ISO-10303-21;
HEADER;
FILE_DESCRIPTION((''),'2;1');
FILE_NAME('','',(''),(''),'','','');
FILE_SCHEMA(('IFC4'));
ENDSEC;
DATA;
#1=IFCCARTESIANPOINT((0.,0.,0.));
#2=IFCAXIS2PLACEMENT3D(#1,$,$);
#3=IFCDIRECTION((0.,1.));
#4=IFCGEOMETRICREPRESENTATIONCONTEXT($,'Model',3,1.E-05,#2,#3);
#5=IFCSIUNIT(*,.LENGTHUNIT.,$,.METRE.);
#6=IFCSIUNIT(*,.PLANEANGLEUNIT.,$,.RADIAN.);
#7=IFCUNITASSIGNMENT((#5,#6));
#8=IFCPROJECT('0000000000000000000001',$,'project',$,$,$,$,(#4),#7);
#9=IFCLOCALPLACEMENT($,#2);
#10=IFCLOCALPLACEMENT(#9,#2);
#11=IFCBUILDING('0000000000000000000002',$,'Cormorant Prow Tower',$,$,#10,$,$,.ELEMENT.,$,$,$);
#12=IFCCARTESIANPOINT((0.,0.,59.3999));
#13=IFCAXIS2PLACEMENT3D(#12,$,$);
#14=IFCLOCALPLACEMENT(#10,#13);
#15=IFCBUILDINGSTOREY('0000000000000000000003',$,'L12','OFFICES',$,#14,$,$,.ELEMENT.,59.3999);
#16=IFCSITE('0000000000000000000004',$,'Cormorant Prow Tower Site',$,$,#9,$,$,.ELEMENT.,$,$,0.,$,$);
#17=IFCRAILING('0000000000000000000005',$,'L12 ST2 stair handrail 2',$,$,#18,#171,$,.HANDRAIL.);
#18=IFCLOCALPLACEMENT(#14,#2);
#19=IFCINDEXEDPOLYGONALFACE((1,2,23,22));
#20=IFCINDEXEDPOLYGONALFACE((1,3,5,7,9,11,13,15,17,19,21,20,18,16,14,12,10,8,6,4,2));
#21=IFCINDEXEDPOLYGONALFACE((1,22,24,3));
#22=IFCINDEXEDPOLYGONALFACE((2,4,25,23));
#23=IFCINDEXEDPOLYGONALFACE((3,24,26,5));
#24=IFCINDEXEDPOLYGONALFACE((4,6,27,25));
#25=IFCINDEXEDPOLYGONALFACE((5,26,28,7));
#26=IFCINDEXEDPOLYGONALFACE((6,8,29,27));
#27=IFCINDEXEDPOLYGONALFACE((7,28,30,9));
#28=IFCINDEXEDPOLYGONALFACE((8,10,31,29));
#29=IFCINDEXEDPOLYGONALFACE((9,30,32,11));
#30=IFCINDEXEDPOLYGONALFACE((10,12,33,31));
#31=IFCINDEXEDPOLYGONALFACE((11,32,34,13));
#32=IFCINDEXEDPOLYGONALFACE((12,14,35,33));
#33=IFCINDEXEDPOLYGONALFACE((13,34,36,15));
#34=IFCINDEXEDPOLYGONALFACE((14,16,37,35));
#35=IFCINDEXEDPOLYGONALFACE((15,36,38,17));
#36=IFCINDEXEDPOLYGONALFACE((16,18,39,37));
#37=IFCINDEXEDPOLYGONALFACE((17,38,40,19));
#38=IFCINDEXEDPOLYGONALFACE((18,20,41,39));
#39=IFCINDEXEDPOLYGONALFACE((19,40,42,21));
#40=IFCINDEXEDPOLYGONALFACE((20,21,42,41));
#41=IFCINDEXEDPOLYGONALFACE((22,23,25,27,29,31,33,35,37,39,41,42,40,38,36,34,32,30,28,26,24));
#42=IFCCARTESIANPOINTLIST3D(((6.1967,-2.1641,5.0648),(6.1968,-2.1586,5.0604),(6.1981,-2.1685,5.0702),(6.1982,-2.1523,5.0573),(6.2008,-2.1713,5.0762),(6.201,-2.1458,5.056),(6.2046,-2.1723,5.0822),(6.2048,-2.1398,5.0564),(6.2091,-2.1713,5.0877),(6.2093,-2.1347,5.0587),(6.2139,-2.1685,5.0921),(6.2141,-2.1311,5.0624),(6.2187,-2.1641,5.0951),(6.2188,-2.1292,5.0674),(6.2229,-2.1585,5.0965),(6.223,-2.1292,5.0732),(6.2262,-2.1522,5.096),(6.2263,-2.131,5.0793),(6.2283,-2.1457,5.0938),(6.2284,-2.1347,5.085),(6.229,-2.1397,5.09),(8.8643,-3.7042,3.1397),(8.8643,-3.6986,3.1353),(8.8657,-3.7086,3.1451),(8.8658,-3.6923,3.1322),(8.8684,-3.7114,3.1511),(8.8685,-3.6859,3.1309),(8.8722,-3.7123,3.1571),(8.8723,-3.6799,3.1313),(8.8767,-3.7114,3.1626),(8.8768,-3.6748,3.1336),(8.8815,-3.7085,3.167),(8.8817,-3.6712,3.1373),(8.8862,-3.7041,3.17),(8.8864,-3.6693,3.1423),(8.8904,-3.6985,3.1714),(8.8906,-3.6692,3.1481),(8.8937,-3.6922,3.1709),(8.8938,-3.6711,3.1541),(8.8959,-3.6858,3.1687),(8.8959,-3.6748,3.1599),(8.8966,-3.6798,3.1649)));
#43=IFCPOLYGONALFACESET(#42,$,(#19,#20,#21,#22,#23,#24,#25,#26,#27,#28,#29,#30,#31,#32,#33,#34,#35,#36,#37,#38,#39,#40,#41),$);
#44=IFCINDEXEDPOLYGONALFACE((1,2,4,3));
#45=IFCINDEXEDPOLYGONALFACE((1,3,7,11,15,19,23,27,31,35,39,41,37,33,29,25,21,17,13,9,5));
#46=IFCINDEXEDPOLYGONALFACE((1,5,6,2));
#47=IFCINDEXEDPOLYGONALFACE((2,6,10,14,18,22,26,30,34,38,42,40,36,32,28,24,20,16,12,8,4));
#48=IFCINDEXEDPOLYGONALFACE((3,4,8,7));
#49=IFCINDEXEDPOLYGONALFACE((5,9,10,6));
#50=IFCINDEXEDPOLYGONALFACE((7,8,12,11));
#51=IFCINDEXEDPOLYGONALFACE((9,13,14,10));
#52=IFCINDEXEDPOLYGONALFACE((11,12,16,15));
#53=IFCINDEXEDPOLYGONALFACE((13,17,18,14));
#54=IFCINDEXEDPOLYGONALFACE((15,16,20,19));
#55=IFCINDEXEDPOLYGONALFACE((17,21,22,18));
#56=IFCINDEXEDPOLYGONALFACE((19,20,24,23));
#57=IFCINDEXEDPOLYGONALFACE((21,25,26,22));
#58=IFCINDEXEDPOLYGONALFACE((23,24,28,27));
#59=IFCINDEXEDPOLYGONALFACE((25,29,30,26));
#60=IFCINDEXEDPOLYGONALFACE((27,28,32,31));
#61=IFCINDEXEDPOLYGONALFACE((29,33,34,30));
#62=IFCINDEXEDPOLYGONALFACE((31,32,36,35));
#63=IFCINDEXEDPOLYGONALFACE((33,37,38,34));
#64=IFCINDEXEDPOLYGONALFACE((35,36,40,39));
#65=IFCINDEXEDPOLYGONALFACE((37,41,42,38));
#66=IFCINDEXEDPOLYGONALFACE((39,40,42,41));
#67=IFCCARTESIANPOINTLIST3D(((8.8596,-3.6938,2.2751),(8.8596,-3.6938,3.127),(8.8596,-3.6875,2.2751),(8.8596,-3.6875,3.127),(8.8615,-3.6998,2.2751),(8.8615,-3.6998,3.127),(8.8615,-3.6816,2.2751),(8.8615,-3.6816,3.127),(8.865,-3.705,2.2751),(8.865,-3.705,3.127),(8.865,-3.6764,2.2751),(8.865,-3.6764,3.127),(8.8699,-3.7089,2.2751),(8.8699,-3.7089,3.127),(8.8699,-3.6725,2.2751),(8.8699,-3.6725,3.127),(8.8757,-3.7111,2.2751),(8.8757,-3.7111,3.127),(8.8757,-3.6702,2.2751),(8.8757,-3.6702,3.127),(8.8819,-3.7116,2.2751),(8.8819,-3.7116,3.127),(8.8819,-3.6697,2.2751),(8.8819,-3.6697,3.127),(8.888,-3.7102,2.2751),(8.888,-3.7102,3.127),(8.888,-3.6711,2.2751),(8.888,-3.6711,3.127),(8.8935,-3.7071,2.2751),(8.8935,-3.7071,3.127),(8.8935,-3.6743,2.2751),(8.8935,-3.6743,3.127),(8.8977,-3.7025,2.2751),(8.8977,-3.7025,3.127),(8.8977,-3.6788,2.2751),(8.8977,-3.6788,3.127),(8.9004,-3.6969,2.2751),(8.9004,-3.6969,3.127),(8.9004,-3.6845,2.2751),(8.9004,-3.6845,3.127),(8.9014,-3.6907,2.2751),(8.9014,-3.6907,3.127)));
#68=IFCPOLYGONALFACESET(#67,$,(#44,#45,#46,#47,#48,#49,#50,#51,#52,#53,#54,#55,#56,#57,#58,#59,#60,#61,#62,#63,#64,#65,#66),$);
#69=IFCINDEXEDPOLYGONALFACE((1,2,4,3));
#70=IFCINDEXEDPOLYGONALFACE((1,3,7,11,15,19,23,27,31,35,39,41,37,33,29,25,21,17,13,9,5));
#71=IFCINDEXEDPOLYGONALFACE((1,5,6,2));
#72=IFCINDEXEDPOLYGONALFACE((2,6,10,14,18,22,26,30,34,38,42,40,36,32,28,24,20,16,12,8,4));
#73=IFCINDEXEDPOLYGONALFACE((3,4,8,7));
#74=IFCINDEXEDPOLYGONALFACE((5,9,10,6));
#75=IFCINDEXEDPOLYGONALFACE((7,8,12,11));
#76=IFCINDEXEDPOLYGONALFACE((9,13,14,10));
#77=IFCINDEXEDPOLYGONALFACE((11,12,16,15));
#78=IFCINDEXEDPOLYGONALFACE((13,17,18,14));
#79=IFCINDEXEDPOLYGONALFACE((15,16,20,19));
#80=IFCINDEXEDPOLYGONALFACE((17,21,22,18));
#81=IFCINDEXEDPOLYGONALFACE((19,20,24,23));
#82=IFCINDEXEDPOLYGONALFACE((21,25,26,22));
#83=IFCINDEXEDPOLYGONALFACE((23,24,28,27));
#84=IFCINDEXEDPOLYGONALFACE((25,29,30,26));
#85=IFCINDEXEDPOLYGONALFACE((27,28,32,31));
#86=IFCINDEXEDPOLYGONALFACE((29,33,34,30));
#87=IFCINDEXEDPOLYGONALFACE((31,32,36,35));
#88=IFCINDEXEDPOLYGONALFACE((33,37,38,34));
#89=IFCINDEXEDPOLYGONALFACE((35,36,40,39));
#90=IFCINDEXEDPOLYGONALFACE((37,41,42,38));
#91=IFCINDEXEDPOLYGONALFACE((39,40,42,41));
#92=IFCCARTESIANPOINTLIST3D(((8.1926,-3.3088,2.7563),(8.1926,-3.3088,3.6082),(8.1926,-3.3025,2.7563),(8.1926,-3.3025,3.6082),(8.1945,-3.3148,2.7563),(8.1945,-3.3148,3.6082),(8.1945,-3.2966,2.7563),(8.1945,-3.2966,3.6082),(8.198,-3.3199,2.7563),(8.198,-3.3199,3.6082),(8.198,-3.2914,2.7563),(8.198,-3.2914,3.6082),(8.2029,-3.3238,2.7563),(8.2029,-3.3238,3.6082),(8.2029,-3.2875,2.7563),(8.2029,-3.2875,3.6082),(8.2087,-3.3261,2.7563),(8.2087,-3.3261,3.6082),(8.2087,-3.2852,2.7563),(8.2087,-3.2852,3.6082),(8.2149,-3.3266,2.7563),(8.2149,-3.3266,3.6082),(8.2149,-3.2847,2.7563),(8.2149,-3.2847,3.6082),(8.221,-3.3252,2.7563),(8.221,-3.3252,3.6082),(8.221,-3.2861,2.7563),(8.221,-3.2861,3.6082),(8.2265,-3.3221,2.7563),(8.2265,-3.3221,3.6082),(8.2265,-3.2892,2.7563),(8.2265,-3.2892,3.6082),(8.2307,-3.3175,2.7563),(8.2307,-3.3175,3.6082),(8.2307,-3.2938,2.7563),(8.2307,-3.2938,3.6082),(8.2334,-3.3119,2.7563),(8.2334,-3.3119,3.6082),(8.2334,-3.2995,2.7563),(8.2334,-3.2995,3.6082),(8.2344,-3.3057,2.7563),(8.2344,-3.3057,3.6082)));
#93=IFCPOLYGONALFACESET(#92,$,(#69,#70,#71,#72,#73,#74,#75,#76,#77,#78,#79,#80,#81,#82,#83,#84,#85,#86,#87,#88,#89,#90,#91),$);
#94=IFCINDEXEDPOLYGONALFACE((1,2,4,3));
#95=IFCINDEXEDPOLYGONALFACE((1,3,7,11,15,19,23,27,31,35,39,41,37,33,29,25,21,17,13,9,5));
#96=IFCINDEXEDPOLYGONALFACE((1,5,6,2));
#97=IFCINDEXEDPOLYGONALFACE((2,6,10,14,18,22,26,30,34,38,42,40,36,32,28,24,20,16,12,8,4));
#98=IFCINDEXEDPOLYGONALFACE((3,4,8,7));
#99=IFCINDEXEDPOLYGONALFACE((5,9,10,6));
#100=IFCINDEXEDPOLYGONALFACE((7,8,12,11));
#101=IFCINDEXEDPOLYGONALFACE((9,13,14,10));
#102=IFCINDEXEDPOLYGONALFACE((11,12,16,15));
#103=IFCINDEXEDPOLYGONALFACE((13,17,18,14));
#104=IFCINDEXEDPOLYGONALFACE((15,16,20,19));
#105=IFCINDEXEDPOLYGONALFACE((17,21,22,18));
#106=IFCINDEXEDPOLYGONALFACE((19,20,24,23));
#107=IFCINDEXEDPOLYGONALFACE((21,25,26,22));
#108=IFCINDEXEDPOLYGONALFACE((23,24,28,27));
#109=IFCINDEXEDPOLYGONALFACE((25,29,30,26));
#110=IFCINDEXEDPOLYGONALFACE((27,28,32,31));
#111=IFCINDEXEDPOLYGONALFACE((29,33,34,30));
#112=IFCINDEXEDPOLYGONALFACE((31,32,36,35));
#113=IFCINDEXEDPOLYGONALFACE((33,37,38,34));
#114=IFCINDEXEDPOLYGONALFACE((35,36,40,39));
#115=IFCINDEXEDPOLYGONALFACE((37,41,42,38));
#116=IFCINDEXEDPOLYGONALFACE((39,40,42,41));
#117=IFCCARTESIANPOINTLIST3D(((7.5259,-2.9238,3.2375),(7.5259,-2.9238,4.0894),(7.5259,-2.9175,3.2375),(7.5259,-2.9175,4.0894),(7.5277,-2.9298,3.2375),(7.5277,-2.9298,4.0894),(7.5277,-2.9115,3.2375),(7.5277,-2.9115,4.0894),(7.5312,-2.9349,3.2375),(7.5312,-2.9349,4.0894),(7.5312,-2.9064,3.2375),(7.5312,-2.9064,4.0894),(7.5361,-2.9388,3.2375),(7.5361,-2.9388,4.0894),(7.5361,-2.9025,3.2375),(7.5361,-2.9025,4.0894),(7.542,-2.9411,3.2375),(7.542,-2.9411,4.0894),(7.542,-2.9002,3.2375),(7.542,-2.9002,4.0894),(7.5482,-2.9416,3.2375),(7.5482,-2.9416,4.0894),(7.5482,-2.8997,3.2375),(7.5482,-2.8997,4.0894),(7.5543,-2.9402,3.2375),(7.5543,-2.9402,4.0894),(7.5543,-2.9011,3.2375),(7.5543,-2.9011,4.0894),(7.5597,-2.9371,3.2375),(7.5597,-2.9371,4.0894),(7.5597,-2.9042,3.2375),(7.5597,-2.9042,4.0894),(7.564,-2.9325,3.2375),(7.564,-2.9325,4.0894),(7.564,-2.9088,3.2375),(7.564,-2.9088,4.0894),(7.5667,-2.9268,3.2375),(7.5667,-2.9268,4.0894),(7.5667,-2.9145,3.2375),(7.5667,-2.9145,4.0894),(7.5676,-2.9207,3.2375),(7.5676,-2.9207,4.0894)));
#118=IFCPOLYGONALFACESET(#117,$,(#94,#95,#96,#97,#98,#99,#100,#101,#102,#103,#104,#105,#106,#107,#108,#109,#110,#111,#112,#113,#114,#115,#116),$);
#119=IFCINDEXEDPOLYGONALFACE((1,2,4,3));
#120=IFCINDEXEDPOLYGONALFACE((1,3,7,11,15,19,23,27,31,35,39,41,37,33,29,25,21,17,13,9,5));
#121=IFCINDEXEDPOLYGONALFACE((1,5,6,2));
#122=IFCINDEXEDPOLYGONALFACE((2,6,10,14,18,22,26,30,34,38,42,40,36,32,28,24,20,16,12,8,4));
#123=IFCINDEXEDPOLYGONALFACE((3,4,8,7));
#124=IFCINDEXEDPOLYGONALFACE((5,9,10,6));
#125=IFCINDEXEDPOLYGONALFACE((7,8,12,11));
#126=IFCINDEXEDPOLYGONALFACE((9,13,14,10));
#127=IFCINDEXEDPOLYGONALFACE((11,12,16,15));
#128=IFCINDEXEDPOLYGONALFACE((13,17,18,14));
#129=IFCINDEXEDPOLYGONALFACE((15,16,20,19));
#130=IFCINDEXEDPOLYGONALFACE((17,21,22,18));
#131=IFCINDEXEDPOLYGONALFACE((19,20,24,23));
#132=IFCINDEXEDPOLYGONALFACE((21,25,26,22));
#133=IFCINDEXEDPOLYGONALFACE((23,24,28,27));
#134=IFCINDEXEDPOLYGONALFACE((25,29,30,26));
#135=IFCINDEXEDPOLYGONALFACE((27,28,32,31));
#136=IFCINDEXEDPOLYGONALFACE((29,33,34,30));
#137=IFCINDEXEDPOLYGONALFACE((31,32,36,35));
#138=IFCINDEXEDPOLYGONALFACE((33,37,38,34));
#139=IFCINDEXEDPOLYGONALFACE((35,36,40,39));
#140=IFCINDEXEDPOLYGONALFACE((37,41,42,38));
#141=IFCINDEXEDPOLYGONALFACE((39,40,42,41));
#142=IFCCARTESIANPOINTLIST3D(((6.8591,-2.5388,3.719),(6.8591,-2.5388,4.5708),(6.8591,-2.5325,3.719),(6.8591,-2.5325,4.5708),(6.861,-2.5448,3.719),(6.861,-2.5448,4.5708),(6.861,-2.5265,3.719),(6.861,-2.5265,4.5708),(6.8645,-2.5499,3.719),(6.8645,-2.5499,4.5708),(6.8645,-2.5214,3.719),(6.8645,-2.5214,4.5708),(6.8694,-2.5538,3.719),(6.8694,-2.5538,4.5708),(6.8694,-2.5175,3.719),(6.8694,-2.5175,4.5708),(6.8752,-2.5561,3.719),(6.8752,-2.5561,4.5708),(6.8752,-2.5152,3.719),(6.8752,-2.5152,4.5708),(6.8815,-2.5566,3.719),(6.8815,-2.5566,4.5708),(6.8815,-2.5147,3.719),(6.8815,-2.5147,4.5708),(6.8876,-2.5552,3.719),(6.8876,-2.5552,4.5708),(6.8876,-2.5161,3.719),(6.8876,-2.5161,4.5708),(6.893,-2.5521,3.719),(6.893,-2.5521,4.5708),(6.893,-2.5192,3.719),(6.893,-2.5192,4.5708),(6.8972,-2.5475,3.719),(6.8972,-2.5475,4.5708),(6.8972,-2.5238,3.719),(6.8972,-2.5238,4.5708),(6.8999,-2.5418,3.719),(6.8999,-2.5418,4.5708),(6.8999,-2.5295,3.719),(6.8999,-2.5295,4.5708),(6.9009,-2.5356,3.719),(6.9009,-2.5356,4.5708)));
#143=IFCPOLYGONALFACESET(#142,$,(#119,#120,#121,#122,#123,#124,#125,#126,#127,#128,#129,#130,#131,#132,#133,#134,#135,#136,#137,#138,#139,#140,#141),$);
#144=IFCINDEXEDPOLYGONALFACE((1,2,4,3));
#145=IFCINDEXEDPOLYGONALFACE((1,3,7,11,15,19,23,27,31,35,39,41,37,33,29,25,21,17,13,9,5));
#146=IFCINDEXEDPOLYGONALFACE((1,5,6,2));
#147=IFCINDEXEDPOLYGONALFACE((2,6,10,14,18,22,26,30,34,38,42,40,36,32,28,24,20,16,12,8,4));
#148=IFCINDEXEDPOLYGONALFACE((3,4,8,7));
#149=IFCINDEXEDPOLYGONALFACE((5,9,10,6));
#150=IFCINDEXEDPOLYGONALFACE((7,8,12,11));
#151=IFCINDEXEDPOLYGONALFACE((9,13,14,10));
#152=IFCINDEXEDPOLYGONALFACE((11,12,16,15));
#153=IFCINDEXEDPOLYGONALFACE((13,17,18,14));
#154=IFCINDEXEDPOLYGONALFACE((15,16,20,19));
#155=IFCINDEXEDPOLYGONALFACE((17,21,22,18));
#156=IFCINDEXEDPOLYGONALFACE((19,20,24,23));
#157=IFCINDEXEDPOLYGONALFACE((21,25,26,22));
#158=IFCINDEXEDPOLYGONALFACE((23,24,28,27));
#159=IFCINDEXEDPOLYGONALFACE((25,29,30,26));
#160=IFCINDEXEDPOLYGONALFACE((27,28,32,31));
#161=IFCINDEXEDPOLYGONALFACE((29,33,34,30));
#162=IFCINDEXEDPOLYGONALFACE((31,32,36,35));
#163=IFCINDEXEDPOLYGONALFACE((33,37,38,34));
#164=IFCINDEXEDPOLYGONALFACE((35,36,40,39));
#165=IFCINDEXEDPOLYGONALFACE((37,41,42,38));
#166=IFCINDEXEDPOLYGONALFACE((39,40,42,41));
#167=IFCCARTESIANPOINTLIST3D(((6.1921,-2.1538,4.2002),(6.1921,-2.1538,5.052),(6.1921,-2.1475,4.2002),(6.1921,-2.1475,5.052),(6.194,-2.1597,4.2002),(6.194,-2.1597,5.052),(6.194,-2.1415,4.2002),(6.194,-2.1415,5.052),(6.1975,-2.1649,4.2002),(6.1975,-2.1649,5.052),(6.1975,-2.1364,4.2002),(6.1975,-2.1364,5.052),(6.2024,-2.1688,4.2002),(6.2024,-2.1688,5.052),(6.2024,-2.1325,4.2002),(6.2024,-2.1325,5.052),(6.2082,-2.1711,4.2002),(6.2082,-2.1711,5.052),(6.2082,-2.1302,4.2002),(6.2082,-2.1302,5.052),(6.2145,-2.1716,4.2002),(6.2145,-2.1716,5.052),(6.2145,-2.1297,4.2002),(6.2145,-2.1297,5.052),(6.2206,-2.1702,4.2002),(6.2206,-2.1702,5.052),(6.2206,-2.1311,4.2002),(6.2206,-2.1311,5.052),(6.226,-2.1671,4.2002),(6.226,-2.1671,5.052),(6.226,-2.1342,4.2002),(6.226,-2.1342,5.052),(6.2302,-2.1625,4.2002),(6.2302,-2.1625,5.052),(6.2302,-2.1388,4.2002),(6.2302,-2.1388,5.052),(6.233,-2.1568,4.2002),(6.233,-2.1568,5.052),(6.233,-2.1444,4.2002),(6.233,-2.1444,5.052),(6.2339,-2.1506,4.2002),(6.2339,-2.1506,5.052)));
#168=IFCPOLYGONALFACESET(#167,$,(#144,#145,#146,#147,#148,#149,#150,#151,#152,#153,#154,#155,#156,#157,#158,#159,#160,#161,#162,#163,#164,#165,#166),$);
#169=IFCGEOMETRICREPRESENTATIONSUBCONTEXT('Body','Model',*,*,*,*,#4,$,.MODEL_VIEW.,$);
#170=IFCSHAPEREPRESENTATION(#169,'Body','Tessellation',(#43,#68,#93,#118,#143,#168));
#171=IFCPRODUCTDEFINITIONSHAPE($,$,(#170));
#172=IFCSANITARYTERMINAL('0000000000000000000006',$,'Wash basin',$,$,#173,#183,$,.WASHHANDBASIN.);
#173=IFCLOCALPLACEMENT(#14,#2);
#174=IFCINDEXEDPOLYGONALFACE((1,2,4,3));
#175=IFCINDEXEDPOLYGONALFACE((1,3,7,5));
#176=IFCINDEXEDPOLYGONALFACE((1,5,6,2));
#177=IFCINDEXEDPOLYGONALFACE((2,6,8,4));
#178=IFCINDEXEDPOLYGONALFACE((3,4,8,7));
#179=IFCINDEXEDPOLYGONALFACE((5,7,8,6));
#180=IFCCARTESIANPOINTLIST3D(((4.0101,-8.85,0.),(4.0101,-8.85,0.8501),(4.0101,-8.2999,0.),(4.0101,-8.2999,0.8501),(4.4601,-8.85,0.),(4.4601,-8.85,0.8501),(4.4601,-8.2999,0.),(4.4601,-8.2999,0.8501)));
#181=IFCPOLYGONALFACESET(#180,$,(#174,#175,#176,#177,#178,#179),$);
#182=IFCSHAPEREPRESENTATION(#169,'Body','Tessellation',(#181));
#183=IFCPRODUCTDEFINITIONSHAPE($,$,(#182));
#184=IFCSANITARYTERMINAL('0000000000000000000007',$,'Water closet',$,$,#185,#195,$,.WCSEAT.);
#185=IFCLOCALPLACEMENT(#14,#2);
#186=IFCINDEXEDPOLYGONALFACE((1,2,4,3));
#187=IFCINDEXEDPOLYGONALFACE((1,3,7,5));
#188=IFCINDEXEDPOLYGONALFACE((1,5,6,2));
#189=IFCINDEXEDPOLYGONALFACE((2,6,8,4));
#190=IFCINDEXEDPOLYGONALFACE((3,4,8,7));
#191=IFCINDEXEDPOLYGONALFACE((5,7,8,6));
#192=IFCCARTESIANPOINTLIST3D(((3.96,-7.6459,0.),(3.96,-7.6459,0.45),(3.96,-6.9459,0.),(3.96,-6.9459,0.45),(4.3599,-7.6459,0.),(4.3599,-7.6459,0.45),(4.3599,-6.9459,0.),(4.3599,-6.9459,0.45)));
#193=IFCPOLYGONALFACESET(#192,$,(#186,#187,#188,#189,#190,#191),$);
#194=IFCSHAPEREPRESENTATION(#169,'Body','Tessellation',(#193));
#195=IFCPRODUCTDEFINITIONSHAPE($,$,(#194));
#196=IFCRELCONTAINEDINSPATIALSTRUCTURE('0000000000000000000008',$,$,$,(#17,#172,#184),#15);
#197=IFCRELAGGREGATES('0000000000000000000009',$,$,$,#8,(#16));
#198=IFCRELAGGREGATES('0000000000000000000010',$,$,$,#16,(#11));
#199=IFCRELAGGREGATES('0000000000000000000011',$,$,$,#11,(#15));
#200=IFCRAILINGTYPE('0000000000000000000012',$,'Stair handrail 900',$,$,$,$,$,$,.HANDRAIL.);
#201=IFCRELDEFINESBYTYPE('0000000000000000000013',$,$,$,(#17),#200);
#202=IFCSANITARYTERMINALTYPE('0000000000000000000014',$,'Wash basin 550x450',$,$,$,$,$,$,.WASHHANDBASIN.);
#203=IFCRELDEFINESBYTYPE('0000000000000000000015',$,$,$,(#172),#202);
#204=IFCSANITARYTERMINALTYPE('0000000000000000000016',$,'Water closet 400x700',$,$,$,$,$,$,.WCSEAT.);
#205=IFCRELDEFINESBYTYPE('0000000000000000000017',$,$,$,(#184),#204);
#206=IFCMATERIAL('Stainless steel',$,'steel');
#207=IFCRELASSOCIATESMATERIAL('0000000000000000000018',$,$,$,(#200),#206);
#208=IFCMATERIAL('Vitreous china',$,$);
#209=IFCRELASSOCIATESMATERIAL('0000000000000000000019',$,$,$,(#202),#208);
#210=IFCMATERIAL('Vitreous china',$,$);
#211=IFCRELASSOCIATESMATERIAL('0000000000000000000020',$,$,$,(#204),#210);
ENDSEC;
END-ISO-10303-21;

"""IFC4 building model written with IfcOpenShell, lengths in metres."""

from ifc_helpers import new_model, si_unit, direction, frame, origin, origin_2d, place, context, subcontext, project, spatial, rectangle, circle, extrude, material, type_object, element, save


model = new_model("IFC4")

# Units and contexts
model_context = context("Model", 3, precision=1e-05, world=origin(), true_north=direction((0.0, 1.0)))
body_context = subcontext(model_context, "Body", "Model", "MODEL_VIEW")
ifc_project = project(units=[si_unit("LENGTHUNIT", "METRE"), si_unit("PLANEANGLEUNIT", "RADIAN")], contexts=[model_context])

# Site, building, storey
site_placement = place(None, origin())
site = spatial("IfcSite", under=ifc_project, at=site_placement, Name="Cormorant Prow Tower Site", CompositionType="ELEMENT", RefElevation=0.0)
building_placement = place(site_placement, origin())
building = spatial("IfcBuilding", under=site, at=building_placement, Name="Cormorant Prow Tower", CompositionType="ELEMENT")
storey_placement = place(building_placement, frame((0.0, 0.0, 59.3999)))
storey = spatial("IfcBuildingStorey", under=building, at=storey_placement, Name="L12", Description="OFFICES", CompositionType="ELEMENT", Elevation=59.3999)

# Railing
ifc_material_1 = material(Name="Stainless steel", Category="steel")
railing_type_1 = type_object("IfcRailingType", Name="Stair handrail 900", PredefinedType="HANDRAIL", material=ifc_material_1)
railing_1_placement = place(storey_placement, frame((8.8804, -3.6907, 2.2751)))
element("IfcRailing", 1, at=railing_1_placement, inside=storey, type_object=railing_type_1, Name="L12 ST2 stair handrail 2", PredefinedType="HANDRAIL", context=body_context, shape_type="SweptSolid", body=[
    extrude(circle(Radius=0.0239, at=origin_2d()), frame((0.0, 0.0, 0.876), z_axis=(-0.734395, 0.423994, 0.529993), x_axis=(-0.499992, -0.86603, 0.0)), (0.0, 0.0, 1.0), 3.6323),
    extrude(circle(Radius=0.021, at=origin_2d()), origin(), (0.0, 0.0, 1.0), 0.8518),
    extrude(circle(Radius=0.021, at=origin_2d()), frame((-0.667, 0.385, 0.4812)), (0.0, 0.0, 1.0), 0.8518),
    extrude(circle(Radius=0.021, at=origin_2d()), frame((-1.3337, 0.77, 0.9624)), (0.0, 0.0, 1.0), 0.8518),
    extrude(circle(Radius=0.021, at=origin_2d()), frame((-2.0005, 1.155, 1.4438)), (0.0, 0.0, 1.0), 0.8518),
    extrude(circle(Radius=0.021, at=origin_2d()), frame((-2.6675, 1.54, 1.925)), (0.0, 0.0, 1.0), 0.8518),
])

# Sanitary terminals
ifc_material_2 = material(Name="Vitreous china")
sanitary_terminal_type_1 = type_object("IfcSanitaryTerminalType", Name="Wash basin 550x450", PredefinedType="WASHHANDBASIN", material=ifc_material_2)
sanitary_terminal_1_placement = place(storey_placement, frame((4.2351, -8.575, 0.0), z_axis=(0.0, 0.0, 1.0), x_axis=(0.0, 1.0, 0.0)))
element("IfcSanitaryTerminal", 2, at=sanitary_terminal_1_placement, inside=storey, type_object=sanitary_terminal_type_1, Name="Wash basin", PredefinedType="WASHHANDBASIN", context=body_context, shape_type="SweptSolid", body=[
    extrude(rectangle(XDim=0.55, YDim=0.45, at=origin_2d()), origin(), (0.0, 0.0, 1.0), 0.8501),
])
ifc_material_3 = material(Name="Vitreous china")
sanitary_terminal_type_2 = type_object("IfcSanitaryTerminalType", Name="Water closet 400x700", PredefinedType="WCSEAT", material=ifc_material_3)
sanitary_terminal_2_placement = place(storey_placement, frame((4.1599, -7.2959, 0.0), z_axis=(0.0, 0.0, 1.0), x_axis=(-1.0, 0.0, 0.0)))
element("IfcSanitaryTerminal", 3, at=sanitary_terminal_2_placement, inside=storey, type_object=sanitary_terminal_type_2, Name="Water closet", PredefinedType="WCSEAT", context=body_context, shape_type="SweptSolid", body=[
    extrude(rectangle(XDim=0.3999, YDim=0.7, at=origin_2d()), origin(), (0.0, 0.0, 1.0), 0.45),
])

save(model, "model.ifc")
